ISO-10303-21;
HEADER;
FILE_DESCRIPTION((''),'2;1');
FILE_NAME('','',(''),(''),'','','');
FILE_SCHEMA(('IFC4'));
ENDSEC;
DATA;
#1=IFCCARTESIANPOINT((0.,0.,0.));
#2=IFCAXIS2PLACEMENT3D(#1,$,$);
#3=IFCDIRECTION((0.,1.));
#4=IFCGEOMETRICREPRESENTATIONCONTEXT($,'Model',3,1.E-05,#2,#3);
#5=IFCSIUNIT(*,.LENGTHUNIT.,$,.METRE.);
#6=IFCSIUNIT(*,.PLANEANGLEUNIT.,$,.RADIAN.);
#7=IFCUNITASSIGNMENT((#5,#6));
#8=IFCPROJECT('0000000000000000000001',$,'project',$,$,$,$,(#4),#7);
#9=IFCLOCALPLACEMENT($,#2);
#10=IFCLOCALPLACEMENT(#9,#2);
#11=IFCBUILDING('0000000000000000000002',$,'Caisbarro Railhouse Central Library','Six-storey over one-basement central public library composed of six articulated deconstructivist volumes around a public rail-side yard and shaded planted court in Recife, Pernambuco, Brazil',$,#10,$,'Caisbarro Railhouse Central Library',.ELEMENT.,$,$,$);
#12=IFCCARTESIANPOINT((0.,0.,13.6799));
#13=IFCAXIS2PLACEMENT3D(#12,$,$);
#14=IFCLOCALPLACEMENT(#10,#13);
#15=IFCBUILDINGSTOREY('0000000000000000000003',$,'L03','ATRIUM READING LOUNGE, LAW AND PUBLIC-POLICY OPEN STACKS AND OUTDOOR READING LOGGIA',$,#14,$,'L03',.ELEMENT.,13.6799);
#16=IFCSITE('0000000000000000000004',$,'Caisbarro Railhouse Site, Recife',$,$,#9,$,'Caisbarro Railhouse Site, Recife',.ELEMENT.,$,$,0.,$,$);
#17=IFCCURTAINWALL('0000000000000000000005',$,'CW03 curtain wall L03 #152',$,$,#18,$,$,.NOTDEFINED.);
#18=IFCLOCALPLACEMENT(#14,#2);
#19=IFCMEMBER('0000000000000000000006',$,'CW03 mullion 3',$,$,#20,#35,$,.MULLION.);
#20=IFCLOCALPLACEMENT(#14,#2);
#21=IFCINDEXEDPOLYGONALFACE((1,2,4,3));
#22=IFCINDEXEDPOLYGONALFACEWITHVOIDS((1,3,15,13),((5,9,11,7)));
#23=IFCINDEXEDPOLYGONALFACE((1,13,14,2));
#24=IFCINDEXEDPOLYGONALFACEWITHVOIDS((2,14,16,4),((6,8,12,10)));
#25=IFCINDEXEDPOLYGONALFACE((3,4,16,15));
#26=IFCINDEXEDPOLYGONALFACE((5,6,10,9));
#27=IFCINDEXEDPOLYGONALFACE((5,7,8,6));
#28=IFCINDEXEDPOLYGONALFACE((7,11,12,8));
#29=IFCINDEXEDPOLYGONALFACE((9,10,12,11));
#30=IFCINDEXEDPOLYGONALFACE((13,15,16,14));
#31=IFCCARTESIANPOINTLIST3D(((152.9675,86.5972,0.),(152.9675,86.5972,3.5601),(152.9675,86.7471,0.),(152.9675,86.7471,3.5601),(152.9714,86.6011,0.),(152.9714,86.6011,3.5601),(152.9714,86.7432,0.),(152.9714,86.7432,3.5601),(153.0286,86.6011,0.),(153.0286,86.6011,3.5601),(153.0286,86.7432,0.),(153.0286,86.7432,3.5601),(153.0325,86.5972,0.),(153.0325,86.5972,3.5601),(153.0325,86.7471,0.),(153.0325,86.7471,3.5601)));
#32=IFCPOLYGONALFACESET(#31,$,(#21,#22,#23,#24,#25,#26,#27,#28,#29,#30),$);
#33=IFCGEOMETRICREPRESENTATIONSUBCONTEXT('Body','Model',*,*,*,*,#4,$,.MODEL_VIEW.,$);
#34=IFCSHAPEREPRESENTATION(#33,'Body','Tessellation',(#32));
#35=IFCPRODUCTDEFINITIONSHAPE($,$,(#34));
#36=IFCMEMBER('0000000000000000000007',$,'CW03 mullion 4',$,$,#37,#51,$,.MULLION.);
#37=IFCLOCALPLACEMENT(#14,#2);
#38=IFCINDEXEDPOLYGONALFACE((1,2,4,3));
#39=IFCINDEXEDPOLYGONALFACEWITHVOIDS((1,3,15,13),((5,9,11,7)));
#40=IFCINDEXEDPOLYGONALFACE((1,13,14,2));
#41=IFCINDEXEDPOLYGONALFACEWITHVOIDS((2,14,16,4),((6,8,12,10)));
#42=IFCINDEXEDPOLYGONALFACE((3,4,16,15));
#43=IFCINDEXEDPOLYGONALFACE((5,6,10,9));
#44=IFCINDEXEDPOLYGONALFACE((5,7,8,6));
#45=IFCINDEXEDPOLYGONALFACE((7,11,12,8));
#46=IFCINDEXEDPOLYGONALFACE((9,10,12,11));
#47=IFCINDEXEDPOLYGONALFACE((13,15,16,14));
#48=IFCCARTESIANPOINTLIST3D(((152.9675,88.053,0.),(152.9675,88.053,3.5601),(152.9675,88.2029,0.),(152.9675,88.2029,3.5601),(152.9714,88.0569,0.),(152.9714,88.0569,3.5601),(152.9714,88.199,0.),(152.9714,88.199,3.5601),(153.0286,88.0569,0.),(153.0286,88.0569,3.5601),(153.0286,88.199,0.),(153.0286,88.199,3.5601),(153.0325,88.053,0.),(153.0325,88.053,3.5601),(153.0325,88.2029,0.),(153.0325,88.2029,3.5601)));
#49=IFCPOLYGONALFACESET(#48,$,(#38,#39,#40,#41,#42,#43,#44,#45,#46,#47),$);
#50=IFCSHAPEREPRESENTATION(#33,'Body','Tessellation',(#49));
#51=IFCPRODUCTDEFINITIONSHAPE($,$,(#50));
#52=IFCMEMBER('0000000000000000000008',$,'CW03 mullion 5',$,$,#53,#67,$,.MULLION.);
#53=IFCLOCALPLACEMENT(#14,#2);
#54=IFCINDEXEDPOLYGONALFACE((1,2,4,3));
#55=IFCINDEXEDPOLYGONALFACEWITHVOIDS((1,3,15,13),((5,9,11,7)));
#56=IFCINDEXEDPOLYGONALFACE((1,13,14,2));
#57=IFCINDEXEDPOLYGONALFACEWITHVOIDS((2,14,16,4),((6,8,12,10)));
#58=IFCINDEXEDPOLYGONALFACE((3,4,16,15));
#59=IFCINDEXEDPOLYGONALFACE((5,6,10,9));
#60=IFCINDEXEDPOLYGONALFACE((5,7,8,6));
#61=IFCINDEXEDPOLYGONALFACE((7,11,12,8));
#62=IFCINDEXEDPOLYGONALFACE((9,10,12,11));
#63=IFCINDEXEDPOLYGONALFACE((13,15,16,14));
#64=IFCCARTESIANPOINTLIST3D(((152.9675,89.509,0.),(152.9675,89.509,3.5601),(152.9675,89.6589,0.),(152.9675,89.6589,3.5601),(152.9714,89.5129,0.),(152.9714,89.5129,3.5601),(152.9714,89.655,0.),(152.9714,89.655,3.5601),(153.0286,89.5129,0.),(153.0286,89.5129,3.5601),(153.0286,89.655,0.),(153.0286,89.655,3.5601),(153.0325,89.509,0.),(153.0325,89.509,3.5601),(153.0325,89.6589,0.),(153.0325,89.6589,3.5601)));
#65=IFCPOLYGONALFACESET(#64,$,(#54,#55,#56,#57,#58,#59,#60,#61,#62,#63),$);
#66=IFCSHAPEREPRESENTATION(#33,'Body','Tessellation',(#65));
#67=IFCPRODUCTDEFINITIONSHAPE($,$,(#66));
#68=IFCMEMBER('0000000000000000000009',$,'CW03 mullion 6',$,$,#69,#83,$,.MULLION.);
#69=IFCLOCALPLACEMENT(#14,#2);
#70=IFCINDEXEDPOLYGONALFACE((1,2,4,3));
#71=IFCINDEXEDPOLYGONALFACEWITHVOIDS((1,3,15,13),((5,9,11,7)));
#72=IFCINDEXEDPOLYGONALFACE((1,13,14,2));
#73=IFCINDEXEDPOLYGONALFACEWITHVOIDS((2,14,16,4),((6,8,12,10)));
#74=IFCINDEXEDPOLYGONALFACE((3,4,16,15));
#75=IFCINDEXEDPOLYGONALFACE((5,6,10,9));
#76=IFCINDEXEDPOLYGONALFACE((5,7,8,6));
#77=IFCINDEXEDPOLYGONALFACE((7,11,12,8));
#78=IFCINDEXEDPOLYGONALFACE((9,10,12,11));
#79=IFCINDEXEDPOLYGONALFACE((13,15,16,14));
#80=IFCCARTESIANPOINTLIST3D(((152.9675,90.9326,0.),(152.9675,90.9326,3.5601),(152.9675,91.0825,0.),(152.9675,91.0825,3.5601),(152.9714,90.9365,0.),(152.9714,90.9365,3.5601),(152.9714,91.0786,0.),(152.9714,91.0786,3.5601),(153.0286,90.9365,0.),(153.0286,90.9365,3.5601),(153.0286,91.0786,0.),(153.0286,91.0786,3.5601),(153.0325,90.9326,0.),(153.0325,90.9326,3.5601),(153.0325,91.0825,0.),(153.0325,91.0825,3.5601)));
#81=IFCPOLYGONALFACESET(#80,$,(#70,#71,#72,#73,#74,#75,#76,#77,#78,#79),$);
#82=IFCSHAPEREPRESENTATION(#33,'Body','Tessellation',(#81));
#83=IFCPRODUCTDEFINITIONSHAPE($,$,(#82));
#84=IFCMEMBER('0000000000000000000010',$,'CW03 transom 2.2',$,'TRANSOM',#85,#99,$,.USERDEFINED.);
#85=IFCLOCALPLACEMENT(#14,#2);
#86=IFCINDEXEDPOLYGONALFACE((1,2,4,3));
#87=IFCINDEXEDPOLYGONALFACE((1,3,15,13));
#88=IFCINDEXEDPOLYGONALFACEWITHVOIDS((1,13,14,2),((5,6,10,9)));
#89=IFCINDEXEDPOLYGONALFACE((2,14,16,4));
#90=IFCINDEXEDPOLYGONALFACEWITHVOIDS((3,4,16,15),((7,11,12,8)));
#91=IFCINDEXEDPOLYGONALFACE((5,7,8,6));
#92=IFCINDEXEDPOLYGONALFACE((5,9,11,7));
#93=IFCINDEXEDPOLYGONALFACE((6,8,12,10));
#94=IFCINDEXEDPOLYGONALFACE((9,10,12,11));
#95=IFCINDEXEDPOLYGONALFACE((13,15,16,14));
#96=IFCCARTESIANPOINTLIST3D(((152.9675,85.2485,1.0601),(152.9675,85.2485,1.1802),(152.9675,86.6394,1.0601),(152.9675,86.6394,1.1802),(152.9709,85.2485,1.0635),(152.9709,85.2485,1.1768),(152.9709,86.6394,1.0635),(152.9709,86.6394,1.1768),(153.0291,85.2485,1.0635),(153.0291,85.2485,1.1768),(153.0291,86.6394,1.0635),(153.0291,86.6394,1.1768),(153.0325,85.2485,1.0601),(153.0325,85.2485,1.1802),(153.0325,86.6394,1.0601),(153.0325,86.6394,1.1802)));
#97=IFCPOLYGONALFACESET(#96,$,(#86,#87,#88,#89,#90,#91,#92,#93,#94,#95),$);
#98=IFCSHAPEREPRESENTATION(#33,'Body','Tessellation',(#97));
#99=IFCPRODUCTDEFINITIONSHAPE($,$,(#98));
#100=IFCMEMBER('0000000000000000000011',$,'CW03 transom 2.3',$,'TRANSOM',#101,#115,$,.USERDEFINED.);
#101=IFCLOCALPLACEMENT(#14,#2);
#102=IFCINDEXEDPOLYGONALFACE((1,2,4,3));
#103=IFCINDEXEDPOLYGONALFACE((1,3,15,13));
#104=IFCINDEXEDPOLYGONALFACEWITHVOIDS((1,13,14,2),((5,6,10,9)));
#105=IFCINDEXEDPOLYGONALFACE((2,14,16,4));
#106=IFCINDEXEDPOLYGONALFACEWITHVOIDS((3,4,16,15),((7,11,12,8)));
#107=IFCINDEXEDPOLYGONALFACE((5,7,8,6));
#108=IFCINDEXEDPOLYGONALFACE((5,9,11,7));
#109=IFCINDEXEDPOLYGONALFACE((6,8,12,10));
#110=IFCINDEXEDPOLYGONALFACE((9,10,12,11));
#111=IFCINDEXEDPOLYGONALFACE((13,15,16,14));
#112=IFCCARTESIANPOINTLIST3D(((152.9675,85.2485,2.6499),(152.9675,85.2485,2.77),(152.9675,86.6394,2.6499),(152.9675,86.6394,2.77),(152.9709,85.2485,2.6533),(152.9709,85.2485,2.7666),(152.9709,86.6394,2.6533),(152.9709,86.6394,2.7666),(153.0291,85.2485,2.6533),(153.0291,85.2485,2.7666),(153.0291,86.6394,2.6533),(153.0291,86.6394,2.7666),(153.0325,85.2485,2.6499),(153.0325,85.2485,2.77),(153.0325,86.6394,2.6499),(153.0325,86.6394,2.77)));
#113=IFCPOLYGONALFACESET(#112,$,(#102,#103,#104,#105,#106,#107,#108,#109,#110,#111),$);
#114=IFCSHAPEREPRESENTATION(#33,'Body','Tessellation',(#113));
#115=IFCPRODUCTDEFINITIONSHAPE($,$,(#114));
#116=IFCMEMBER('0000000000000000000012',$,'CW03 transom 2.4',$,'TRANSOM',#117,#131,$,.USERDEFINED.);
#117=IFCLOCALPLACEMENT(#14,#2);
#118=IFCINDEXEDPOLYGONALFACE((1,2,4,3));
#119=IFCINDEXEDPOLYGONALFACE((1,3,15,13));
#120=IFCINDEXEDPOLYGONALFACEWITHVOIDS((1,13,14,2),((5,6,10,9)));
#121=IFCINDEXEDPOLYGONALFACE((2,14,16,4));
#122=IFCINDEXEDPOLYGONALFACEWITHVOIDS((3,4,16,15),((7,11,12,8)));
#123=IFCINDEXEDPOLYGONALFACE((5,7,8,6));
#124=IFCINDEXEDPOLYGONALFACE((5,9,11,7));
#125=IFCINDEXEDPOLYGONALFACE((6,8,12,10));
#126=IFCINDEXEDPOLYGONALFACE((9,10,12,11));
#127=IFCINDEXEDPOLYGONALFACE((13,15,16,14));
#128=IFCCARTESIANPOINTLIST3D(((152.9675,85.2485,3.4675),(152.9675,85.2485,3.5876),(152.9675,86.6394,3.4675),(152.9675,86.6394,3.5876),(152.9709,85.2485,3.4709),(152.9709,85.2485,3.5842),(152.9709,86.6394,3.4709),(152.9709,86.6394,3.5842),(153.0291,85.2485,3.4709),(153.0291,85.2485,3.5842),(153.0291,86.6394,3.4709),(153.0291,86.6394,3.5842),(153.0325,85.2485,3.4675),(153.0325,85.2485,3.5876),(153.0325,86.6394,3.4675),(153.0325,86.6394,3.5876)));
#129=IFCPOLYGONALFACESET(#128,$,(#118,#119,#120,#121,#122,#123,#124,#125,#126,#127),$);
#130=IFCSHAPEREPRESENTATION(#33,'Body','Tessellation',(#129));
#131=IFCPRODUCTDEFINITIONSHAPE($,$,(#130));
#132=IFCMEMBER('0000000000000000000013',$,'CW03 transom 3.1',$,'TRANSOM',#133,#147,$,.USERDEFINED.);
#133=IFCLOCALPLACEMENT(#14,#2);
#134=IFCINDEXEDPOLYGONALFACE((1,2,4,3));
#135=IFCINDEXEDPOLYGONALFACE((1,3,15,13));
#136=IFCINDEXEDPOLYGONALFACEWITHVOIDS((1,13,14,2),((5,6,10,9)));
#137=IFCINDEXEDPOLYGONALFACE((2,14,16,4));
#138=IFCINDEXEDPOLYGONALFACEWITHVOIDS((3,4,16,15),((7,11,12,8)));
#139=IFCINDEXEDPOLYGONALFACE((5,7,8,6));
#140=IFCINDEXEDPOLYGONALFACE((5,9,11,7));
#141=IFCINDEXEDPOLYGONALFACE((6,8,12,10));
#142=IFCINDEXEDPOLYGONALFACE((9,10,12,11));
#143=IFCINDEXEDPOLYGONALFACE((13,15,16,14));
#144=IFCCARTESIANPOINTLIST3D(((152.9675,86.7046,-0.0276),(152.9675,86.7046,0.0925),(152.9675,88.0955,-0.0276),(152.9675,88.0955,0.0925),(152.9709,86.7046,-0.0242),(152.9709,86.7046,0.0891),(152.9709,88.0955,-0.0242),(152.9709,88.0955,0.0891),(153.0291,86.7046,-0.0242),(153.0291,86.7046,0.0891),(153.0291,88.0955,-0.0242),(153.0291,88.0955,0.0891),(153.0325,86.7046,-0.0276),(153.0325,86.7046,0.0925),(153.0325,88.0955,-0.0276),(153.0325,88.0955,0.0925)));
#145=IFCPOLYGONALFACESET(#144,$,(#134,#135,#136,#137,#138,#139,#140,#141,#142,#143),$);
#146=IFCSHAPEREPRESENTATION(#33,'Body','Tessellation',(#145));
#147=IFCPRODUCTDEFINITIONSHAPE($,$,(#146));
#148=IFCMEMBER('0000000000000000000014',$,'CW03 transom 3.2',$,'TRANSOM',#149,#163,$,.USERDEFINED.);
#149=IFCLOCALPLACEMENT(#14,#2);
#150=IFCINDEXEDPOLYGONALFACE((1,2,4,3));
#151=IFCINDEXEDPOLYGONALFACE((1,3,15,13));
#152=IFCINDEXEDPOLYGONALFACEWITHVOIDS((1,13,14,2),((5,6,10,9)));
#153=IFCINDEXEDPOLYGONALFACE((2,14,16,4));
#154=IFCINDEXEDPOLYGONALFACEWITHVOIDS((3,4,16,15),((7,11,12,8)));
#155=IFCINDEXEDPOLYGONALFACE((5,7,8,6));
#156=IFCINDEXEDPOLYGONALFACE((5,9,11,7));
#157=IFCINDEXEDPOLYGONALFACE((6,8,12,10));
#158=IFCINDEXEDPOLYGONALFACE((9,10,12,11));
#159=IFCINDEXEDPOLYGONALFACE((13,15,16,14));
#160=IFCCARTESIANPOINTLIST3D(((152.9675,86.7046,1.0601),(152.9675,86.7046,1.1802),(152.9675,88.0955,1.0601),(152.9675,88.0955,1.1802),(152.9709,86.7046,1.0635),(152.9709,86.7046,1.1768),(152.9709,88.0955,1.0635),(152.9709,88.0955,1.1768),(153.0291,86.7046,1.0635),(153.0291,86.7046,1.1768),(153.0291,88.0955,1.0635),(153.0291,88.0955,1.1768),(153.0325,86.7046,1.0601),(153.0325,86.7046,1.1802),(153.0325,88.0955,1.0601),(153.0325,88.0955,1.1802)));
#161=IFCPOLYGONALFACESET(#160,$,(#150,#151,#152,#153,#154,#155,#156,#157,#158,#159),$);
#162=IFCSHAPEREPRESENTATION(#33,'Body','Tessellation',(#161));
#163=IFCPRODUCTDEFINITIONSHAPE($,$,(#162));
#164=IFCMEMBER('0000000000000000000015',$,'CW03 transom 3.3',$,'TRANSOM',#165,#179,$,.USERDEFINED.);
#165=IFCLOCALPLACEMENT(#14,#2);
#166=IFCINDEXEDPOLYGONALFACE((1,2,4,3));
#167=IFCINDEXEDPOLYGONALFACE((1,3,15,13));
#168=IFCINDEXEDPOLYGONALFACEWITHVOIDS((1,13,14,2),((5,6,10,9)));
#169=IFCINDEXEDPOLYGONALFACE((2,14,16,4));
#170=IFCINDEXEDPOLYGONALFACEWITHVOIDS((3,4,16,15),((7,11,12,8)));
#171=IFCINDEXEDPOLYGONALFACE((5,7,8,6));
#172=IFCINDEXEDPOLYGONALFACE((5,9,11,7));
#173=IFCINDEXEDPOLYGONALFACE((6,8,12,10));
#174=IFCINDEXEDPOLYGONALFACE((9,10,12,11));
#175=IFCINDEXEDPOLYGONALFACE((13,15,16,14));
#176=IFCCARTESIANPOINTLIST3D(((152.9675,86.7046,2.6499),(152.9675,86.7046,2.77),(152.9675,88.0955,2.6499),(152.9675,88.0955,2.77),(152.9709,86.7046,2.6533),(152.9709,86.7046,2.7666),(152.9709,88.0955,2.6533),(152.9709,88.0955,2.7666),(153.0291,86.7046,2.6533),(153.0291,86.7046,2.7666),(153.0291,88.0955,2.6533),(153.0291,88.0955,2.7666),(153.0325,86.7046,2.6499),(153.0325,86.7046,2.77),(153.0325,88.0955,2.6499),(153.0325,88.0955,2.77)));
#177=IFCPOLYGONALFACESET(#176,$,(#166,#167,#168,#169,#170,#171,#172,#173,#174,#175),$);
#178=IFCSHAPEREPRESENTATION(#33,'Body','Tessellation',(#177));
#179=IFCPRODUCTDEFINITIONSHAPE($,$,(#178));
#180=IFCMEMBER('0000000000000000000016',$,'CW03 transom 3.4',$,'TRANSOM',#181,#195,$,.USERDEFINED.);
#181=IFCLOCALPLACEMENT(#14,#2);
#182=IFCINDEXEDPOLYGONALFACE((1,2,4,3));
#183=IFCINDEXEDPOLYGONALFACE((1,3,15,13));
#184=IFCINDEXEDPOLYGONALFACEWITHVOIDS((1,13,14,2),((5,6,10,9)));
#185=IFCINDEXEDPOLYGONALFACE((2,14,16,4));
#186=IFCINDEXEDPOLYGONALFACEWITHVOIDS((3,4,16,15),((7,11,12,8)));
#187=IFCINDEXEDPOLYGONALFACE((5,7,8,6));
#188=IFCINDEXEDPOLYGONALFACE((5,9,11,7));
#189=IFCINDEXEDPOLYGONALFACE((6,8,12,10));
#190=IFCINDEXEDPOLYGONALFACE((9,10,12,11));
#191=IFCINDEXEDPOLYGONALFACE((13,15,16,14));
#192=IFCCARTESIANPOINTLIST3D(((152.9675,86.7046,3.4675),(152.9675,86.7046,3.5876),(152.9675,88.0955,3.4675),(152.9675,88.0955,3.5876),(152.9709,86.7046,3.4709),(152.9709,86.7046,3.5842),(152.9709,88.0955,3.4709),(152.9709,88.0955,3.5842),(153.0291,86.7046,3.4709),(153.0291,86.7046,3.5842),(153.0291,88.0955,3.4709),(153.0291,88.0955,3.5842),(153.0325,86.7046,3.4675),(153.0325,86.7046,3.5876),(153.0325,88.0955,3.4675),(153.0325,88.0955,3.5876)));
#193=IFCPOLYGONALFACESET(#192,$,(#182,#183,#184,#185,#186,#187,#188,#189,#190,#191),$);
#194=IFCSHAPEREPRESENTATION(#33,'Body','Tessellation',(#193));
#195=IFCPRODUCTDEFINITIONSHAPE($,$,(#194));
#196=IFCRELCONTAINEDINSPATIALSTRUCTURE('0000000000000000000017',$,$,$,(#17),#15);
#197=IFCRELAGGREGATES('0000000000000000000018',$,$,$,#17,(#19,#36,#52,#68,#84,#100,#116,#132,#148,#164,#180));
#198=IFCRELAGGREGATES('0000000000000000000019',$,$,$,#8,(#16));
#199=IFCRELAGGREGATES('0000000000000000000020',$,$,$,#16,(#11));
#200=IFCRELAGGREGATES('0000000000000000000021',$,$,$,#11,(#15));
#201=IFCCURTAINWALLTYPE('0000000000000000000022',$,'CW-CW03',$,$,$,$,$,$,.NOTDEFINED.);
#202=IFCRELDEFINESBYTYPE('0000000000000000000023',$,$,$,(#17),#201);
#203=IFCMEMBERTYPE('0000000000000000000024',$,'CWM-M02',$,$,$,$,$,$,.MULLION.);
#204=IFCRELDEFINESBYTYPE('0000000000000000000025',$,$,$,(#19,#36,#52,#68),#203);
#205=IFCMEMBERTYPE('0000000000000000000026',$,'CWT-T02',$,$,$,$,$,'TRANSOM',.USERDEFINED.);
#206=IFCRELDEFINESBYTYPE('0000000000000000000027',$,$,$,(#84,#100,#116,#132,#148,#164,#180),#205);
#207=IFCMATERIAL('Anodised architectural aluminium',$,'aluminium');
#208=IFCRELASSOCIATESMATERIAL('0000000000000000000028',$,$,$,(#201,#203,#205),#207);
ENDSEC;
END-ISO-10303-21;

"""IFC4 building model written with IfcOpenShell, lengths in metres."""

from ifc_helpers import new_model, si_unit, direction, frame, origin, origin_2d, place, context, subcontext, project, spatial, hollow_rectangle, extrude, material, material_profile, profile_set, type_object, element, aggregate, save


model = new_model("IFC4")

# Units and contexts
model_context = context("Model", 3, precision=1e-05, world=origin(), true_north=direction((0.0, 1.0)))
body_context = subcontext(model_context, "Body", "Model", "MODEL_VIEW")
ifc_project = project(units=[si_unit("LENGTHUNIT", "METRE"), si_unit("PLANEANGLEUNIT", "RADIAN")], contexts=[model_context])

# Site, building, storey
site_placement = place(None, origin())
site = spatial("IfcSite", under=ifc_project, at=site_placement, Name="Caisbarro Railhouse Site, Recife", LongName="Caisbarro Railhouse Site, Recife", CompositionType="ELEMENT", RefElevation=0.0)
building_placement = place(site_placement, origin())
building = spatial("IfcBuilding", under=site, at=building_placement, Name="Caisbarro Railhouse Central Library", Description="Six-storey over one-basement central public library composed of six articulated deconstructivist volumes around a public rail-side yard and shaded planted court in Recife, Pernambuco, Brazil", LongName="Caisbarro Railhouse Central Library", CompositionType="ELEMENT")
storey_placement = place(building_placement, frame((0.0, 0.0, 13.6799)))
storey = spatial("IfcBuildingStorey", under=building, at=storey_placement, Name="L03", Description="ATRIUM READING LOUNGE, LAW AND PUBLIC-POLICY OPEN STACKS AND OUTDOOR READING LOGGIA", LongName="L03", CompositionType="ELEMENT", Elevation=13.6799)

# Curtain wall, members
ifc_material_1 = material(Name="Anodised architectural aluminium", Category="aluminium")
curtain_wall_type = type_object("IfcCurtainWallType", Name="CW-CW03", PredefinedType="NOTDEFINED", material=ifc_material_1)
curtain_wall_placement = place(storey_placement, origin())
curtain_wall = element("IfcCurtainWall", 1, at=curtain_wall_placement, inside=storey, type_object=curtain_wall_type, Name="CW03 curtain wall L03 #152", PredefinedType="NOTDEFINED")
ifc_material_profile_1 = material_profile(ifc_material_1, hollow_rectangle(XDim=0.0649, YDim=0.1499, WallThickness=0.0039, at=origin_2d()), Name="ALU-MUL-65X150")
ifc_profile_set_1 = profile_set([ifc_material_profile_1], Name="Anodised architectural aluminium")
member_type_1 = type_object("IfcMemberType", Name="CWM-M02", PredefinedType="MULLION", material=ifc_profile_set_1)
member_1_placement = place(storey_placement, frame((153.0, 86.6721, 0.0), z_axis=(0.0, 0.0, 1.0), x_axis=(-1.0, 0.0, 0.0)))
member_1 = element("IfcMember", 2, at=member_1_placement, type_object=member_type_1, Name="CW03 mullion 3", PredefinedType="MULLION", context=body_context, shape_type="SweptSolid", body=[
    extrude(hollow_rectangle(XDim=0.0649, YDim=0.1499, WallThickness=0.0039, at=origin_2d()), origin(), (0.0, 0.0, 1.0), 3.5601),
])
member_2_placement = place(storey_placement, frame((153.0, 88.1279, 0.0), z_axis=(0.0, 0.0, 1.0), x_axis=(-1.0, 0.0, 0.0)))
member_2 = element("IfcMember", 3, at=member_2_placement, type_object=member_type_1, Name="CW03 mullion 4", PredefinedType="MULLION", context=body_context, shape_type="SweptSolid", body=[
    extrude(hollow_rectangle(XDim=0.0649, YDim=0.1499, WallThickness=0.0039, at=origin_2d()), origin(), (0.0, 0.0, 1.0), 3.5601),
])
member_3_placement = place(storey_placement, frame((153.0, 89.584, 0.0), z_axis=(0.0, 0.0, 1.0), x_axis=(-1.0, 0.0, 0.0)))
member_3 = element("IfcMember", 4, at=member_3_placement, type_object=member_type_1, Name="CW03 mullion 5", PredefinedType="MULLION", context=body_context, shape_type="SweptSolid", body=[
    extrude(hollow_rectangle(XDim=0.0649, YDim=0.1499, WallThickness=0.0039, at=origin_2d()), origin(), (0.0, 0.0, 1.0), 3.5601),
])
member_4_placement = place(storey_placement, frame((153.0, 91.0076, 0.0), z_axis=(0.0, 0.0, 1.0), x_axis=(-1.0, 0.0, 0.0)))
member_4 = element("IfcMember", 5, at=member_4_placement, type_object=member_type_1, Name="CW03 mullion 6", PredefinedType="MULLION", context=body_context, shape_type="SweptSolid", body=[
    extrude(hollow_rectangle(XDim=0.0649, YDim=0.1499, WallThickness=0.0039, at=origin_2d()), origin(), (0.0, 0.0, 1.0), 3.5601),
])
ifc_material_profile_2 = material_profile(ifc_material_1, hollow_rectangle(XDim=0.0649, YDim=0.1201, WallThickness=0.0034, at=origin_2d()), Name="ALU-TRN-65X120")
ifc_profile_set_2 = profile_set([ifc_material_profile_2], Name="Anodised architectural aluminium")
member_type_2 = type_object("IfcMemberType", Name="CWT-T02", ElementType="TRANSOM", PredefinedType="USERDEFINED", material=ifc_profile_set_2)
member_5_placement = place(storey_placement, frame((153.0, 85.2485, 1.1201), z_axis=(0.0, 1.0, 0.0), x_axis=(-1.0, 0.0, 0.0)))
member_5 = element("IfcMember", 6, at=member_5_placement, type_object=member_type_2, Name="CW03 transom 2.2", ObjectType="TRANSOM", PredefinedType="USERDEFINED", context=body_context, shape_type="SweptSolid", body=[
    extrude(hollow_rectangle(XDim=0.0649, YDim=0.1201, WallThickness=0.0034, at=origin_2d()), origin(), (0.0, 0.0, 1.0), 1.3909),
])
member_6_placement = place(storey_placement, frame((153.0, 85.2485, 2.71), z_axis=(0.0, 1.0, 0.0), x_axis=(-1.0, 0.0, 0.0)))
member_6 = element("IfcMember", 7, at=member_6_placement, type_object=member_type_2, Name="CW03 transom 2.3", ObjectType="TRANSOM", PredefinedType="USERDEFINED", context=body_context, shape_type="SweptSolid", body=[
    extrude(hollow_rectangle(XDim=0.0649, YDim=0.1201, WallThickness=0.0034, at=origin_2d()), origin(), (0.0, 0.0, 1.0), 1.3909),
])
member_7_placement = place(storey_placement, frame((153.0, 85.2485, 3.5276), z_axis=(0.0, 1.0, 0.0), x_axis=(-1.0, 0.0, 0.0)))
member_7 = element("IfcMember", 8, at=member_7_placement, type_object=member_type_2, Name="CW03 transom 2.4", ObjectType="TRANSOM", PredefinedType="USERDEFINED", context=body_context, shape_type="SweptSolid", body=[
    extrude(hollow_rectangle(XDim=0.0649, YDim=0.1201, WallThickness=0.0034, at=origin_2d()), origin(), (0.0, 0.0, 1.0), 1.3909),
])
member_8_placement = place(storey_placement, frame((153.0, 86.7046, 0.0325), z_axis=(0.0, 1.0, 0.0), x_axis=(-1.0, 0.0, 0.0)))
member_8 = element("IfcMember", 9, at=member_8_placement, type_object=member_type_2, Name="CW03 transom 3.1", ObjectType="TRANSOM", PredefinedType="USERDEFINED", context=body_context, shape_type="SweptSolid", body=[
    extrude(hollow_rectangle(XDim=0.0649, YDim=0.1201, WallThickness=0.0034, at=origin_2d()), origin(), (0.0, 0.0, 1.0), 1.3909),
])
member_9_placement = place(storey_placement, frame((153.0, 86.7046, 1.1201), z_axis=(0.0, 1.0, 0.0), x_axis=(-1.0, 0.0, 0.0)))
member_9 = element("IfcMember", 10, at=member_9_placement, type_object=member_type_2, Name="CW03 transom 3.2", ObjectType="TRANSOM", PredefinedType="USERDEFINED", context=body_context, shape_type="SweptSolid", body=[
    extrude(hollow_rectangle(XDim=0.0649, YDim=0.1201, WallThickness=0.0034, at=origin_2d()), origin(), (0.0, 0.0, 1.0), 1.3909),
])
member_10_placement = place(storey_placement, frame((153.0, 86.7046, 2.71), z_axis=(0.0, 1.0, 0.0), x_axis=(-1.0, 0.0, 0.0)))
member_10 = element("IfcMember", 11, at=member_10_placement, type_object=member_type_2, Name="CW03 transom 3.3", ObjectType="TRANSOM", PredefinedType="USERDEFINED", context=body_context, shape_type="SweptSolid", body=[
    extrude(hollow_rectangle(XDim=0.0649, YDim=0.1201, WallThickness=0.0034, at=origin_2d()), origin(), (0.0, 0.0, 1.0), 1.3909),
])
member_11_placement = place(storey_placement, frame((153.0, 86.7046, 3.5276), z_axis=(0.0, 1.0, 0.0), x_axis=(-1.0, 0.0, 0.0)))
member_11 = element("IfcMember", 12, at=member_11_placement, type_object=member_type_2, Name="CW03 transom 3.4", ObjectType="TRANSOM", PredefinedType="USERDEFINED", context=body_context, shape_type="SweptSolid", body=[
    extrude(hollow_rectangle(XDim=0.0649, YDim=0.1201, WallThickness=0.0034, at=origin_2d()), origin(), (0.0, 0.0, 1.0), 1.3909),
])
aggregate(curtain_wall, [member_1, member_2, member_3, member_4, member_5, member_6, member_7, member_8, member_9, member_10, member_11])

save(model, "model.ifc")
